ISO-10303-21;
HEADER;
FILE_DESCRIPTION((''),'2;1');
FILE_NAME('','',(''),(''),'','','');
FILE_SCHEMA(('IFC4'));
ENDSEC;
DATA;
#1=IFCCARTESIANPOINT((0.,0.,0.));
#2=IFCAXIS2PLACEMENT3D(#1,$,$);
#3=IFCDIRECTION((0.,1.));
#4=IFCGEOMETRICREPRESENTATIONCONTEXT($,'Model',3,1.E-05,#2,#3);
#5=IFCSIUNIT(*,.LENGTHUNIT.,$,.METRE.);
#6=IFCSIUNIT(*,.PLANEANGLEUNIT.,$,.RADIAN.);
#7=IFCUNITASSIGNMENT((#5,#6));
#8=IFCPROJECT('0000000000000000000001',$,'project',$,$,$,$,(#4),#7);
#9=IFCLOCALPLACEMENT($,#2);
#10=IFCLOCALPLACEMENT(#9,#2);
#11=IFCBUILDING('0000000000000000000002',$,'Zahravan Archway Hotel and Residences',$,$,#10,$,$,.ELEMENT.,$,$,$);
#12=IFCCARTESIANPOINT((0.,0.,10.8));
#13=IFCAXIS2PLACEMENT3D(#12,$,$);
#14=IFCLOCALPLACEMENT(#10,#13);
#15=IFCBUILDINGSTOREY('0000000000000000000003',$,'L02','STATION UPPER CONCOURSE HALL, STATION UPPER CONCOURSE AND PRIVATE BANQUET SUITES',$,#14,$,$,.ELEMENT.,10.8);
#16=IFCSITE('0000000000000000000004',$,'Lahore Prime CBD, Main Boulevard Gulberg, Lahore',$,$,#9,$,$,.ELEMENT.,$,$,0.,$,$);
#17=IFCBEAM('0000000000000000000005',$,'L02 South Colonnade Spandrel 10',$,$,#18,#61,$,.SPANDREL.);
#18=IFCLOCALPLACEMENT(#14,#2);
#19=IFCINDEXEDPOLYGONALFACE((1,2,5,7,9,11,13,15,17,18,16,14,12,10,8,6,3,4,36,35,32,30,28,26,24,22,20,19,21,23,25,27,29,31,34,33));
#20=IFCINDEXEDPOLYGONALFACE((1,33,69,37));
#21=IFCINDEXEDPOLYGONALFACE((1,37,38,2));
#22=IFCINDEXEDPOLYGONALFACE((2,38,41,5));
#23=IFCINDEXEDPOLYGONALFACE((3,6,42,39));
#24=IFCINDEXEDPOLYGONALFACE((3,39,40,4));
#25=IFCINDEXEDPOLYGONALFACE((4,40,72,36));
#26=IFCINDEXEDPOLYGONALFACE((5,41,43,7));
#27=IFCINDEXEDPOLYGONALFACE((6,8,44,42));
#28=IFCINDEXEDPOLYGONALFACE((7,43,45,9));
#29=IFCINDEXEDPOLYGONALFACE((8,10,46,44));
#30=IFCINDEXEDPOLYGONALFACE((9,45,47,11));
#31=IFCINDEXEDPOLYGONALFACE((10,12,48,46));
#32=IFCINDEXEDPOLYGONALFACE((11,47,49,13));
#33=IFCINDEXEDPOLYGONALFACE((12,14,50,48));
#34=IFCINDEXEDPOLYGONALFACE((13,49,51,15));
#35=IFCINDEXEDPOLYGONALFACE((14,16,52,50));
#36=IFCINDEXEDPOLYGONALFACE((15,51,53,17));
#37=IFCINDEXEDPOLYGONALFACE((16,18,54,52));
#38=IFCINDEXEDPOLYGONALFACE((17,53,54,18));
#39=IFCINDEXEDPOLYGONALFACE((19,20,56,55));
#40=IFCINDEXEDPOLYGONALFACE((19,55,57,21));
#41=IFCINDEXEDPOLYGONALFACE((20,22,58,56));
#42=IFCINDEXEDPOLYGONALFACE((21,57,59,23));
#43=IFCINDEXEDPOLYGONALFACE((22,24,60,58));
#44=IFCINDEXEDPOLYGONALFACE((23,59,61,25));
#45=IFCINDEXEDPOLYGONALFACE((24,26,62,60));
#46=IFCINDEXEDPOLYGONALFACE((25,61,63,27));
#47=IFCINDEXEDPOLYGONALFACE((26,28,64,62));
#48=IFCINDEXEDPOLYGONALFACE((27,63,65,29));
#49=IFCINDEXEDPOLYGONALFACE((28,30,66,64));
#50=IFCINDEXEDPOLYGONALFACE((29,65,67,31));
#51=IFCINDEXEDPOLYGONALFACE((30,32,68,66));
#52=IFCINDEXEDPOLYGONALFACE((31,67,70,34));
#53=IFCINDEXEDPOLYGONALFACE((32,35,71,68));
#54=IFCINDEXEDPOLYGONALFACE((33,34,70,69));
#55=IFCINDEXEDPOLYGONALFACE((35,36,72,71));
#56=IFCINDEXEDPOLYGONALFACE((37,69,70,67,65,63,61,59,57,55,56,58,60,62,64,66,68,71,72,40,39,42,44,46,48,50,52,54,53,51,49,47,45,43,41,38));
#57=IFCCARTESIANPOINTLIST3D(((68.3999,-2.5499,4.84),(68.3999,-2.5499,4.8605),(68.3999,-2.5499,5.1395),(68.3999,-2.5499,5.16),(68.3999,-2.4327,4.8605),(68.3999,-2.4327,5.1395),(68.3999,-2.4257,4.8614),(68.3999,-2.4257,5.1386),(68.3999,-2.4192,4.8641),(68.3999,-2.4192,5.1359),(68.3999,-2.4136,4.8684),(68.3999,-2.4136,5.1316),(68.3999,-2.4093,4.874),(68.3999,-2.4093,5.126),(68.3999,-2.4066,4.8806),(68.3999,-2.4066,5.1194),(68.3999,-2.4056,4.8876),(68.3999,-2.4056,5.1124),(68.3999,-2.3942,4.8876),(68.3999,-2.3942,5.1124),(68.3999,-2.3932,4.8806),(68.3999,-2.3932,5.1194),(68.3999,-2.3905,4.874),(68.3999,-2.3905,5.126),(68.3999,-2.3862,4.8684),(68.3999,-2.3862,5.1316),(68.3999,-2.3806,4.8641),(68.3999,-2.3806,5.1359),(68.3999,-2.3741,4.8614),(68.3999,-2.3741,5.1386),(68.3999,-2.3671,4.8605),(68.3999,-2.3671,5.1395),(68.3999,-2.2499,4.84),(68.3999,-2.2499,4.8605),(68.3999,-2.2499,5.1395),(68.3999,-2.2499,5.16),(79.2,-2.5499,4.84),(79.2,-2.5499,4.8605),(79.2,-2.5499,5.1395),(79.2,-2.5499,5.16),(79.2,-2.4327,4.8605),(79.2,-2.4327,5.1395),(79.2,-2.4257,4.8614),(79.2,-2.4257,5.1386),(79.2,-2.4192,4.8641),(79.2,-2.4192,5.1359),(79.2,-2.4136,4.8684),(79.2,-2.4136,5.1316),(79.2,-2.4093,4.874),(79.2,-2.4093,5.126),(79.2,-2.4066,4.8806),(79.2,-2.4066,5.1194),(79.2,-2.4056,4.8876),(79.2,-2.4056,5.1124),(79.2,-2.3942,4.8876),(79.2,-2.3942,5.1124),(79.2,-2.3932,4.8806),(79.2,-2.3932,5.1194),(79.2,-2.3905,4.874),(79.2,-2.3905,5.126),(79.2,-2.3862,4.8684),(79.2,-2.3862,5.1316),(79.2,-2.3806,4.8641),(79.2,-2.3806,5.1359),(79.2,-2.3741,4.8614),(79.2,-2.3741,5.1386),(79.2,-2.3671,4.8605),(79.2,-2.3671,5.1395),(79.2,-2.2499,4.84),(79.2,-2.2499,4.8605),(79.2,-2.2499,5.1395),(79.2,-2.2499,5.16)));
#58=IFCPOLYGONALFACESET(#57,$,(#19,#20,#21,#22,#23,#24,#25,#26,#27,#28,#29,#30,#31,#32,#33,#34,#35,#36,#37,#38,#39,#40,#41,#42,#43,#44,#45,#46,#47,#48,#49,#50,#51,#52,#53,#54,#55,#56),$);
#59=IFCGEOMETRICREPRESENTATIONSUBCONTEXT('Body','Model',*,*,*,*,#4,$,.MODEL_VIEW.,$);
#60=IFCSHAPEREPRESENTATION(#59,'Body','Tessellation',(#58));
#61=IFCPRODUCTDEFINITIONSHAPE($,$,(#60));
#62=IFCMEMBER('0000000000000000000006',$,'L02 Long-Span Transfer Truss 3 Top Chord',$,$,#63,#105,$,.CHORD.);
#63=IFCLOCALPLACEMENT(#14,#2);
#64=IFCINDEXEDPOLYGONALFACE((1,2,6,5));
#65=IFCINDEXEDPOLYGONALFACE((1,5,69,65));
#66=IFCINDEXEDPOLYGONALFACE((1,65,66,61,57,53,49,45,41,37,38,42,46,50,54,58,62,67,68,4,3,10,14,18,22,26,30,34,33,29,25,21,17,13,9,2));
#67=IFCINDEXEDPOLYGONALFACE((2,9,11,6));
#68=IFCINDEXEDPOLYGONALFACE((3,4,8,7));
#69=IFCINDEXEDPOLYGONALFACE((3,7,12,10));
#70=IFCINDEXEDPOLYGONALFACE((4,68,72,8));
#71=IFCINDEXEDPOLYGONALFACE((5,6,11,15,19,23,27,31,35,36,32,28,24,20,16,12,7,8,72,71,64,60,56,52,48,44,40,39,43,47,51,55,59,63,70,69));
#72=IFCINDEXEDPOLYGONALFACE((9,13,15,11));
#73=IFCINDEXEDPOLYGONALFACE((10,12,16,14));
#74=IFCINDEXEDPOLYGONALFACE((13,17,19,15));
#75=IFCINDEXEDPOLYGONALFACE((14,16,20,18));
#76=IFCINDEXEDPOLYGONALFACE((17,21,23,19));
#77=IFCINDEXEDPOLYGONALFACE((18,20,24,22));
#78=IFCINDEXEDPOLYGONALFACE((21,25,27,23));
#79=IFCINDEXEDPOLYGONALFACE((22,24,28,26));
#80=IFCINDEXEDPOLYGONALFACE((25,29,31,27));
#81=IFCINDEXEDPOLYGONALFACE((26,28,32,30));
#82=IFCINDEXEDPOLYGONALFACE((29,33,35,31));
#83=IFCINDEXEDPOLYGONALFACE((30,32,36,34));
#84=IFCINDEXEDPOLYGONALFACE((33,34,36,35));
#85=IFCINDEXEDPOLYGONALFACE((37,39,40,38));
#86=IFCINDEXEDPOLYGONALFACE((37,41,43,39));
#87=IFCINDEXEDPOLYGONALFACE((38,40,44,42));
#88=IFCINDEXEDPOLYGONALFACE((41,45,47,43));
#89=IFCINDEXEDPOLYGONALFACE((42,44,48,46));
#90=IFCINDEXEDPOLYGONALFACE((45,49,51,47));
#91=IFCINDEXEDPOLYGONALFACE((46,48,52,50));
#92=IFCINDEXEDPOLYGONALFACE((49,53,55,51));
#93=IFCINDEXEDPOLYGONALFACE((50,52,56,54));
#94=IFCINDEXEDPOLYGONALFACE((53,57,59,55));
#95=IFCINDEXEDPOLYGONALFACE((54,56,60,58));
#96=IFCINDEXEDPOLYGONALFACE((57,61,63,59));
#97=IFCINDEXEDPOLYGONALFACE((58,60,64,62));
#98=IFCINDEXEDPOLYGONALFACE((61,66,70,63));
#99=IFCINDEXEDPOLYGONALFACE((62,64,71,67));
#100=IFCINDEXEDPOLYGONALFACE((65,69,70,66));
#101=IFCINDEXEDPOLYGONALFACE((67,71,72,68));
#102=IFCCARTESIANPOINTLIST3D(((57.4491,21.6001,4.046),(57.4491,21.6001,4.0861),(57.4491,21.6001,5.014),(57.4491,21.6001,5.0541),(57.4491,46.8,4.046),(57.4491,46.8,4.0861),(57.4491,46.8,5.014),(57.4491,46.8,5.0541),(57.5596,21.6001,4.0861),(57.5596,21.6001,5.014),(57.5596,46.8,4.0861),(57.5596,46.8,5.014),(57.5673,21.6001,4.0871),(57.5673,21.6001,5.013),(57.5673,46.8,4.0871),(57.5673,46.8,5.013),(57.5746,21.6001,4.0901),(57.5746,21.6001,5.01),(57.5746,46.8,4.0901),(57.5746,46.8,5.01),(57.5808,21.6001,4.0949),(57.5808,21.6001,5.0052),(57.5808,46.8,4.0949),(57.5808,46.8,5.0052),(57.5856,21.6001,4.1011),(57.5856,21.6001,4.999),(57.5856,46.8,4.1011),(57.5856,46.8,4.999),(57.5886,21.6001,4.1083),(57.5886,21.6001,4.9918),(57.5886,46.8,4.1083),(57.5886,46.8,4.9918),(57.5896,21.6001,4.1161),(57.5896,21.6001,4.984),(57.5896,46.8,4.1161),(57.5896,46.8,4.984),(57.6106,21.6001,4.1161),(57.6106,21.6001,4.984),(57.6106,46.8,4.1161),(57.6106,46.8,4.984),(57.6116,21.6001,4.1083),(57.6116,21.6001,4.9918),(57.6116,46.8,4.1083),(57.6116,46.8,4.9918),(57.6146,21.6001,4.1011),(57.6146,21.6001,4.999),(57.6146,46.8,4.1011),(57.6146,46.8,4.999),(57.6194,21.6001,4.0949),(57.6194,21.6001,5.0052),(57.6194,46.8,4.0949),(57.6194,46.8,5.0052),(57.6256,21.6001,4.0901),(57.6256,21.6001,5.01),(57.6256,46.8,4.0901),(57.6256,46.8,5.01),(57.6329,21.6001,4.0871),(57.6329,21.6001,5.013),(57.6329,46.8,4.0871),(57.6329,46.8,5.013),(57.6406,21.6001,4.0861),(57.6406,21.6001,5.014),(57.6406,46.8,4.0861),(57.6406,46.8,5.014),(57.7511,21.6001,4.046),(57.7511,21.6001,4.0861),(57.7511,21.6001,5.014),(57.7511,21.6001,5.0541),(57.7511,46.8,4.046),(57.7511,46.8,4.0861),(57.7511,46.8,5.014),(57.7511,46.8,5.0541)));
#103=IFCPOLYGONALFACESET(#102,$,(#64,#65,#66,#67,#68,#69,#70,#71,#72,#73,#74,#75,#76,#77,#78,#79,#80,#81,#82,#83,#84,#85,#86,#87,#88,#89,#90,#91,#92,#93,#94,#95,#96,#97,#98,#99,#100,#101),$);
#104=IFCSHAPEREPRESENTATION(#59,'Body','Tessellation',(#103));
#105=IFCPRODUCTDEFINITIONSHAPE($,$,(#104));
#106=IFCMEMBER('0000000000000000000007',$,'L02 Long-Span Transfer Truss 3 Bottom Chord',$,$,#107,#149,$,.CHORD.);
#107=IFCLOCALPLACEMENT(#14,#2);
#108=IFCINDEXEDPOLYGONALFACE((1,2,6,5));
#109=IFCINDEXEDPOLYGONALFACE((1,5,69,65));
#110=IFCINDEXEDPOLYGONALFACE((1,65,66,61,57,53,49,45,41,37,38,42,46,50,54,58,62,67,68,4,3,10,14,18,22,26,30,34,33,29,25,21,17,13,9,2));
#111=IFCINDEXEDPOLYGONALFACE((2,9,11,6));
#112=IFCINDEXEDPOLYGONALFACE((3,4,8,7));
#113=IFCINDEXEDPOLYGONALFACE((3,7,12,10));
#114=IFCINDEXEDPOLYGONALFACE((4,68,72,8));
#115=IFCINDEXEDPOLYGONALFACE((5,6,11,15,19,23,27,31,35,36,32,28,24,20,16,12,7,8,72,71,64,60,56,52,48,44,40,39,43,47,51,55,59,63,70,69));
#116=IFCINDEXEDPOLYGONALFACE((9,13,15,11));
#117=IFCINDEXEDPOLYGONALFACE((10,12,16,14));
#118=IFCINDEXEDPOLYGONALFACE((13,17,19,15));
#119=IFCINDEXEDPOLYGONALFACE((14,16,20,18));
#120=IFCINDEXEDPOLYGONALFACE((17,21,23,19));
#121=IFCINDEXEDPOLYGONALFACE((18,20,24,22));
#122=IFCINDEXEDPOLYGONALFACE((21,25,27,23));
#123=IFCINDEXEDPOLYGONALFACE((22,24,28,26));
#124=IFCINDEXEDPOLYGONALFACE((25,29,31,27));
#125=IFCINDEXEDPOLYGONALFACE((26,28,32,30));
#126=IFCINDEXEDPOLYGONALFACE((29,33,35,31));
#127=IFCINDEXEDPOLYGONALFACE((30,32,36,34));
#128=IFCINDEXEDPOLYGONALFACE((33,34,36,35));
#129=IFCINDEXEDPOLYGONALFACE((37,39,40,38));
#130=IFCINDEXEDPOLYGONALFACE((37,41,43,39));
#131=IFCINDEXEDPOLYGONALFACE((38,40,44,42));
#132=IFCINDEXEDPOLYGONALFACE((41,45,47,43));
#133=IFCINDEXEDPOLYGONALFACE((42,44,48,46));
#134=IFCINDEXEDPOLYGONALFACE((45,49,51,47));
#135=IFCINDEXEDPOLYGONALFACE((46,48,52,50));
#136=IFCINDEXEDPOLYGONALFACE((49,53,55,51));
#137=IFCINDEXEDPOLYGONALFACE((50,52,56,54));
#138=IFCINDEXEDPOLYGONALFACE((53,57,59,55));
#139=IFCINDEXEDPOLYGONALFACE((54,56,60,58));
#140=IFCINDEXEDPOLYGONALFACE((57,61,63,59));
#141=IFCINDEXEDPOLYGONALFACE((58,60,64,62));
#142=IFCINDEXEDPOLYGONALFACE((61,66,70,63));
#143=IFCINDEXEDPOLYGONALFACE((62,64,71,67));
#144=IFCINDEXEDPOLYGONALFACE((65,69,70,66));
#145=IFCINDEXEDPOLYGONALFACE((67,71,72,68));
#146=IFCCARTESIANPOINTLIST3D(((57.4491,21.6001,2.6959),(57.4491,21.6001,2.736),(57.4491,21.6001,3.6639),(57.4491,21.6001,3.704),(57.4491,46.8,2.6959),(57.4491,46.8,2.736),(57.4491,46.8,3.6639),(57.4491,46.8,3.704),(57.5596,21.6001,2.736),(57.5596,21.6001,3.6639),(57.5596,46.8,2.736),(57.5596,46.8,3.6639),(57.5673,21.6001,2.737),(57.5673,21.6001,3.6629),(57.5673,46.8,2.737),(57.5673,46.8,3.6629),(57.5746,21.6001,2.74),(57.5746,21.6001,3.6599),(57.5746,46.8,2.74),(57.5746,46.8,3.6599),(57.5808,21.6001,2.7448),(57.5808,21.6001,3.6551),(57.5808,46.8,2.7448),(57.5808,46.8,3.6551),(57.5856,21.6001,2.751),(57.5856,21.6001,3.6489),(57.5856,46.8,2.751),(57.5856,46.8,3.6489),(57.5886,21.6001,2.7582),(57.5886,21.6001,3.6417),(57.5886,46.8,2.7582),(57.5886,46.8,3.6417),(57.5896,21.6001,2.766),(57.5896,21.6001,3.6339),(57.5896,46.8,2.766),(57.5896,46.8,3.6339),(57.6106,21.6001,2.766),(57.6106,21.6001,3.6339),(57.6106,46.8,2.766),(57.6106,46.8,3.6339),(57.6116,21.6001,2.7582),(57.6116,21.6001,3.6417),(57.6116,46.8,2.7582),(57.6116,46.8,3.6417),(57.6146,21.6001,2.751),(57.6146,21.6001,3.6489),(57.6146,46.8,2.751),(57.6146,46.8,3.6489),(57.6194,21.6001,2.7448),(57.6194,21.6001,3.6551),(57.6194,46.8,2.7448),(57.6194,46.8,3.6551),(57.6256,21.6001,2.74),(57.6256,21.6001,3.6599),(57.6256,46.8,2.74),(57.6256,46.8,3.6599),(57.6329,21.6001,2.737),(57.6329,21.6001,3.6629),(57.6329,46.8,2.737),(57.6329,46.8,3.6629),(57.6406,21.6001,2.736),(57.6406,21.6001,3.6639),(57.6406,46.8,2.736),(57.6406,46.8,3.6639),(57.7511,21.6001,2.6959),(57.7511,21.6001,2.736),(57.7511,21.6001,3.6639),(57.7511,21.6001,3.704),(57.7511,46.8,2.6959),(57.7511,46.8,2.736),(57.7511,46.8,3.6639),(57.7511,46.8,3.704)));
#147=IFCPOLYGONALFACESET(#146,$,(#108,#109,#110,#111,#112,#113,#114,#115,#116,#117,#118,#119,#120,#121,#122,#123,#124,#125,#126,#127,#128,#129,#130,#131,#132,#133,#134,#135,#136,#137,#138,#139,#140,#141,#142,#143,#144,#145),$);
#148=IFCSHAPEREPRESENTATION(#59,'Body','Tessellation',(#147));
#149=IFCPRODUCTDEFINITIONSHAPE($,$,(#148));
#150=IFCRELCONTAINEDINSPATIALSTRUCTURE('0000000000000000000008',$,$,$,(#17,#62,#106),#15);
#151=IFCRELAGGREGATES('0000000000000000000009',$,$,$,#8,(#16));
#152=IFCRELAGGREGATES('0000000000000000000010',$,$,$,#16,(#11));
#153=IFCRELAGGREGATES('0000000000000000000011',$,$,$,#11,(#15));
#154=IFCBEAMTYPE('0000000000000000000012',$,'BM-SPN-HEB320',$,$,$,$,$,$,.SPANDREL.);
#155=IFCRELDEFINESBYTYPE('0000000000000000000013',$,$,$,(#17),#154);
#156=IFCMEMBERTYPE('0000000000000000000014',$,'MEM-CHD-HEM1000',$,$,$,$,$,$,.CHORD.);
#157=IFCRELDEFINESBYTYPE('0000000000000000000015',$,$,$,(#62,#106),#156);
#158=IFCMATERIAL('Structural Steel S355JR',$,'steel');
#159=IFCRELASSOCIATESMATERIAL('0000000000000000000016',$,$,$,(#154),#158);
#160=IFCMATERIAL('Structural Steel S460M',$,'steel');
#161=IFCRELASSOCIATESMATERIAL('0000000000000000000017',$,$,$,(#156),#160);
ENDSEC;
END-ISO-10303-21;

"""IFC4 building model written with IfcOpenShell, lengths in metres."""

from ifc_helpers import new_model, si_unit, direction, frame, origin, origin_2d, place, context, subcontext, project, spatial, i_section, extrude, source, transform, mapped, material, material_profile, profile_set, type_object, type_shapes, element, save


model = new_model("IFC4")

# Units and contexts
model_context = context("Model", 3, precision=1e-05, world=origin(), true_north=direction((0.0, 1.0)))
body_context = subcontext(model_context, "Body", "Model", "MODEL_VIEW")
ifc_project = project(units=[si_unit("LENGTHUNIT", "METRE"), si_unit("PLANEANGLEUNIT", "RADIAN")], contexts=[model_context])

# Site, building, storey
site_placement = place(None, origin())
site = spatial("IfcSite", under=ifc_project, at=site_placement, Name="Lahore Prime CBD, Main Boulevard Gulberg, Lahore", CompositionType="ELEMENT", RefElevation=0.0)
building_placement = place(site_placement, origin())
building = spatial("IfcBuilding", under=site, at=building_placement, Name="Zahravan Archway Hotel and Residences", CompositionType="ELEMENT")
storey_placement = place(building_placement, frame((0.0, 0.0, 10.8)))
storey = spatial("IfcBuildingStorey", under=building, at=storey_placement, Name="L02", Description="STATION UPPER CONCOURSE HALL, STATION UPPER CONCOURSE AND PRIVATE BANQUET SUITES", CompositionType="ELEMENT", Elevation=10.8)

# Beam
ifc_material_1 = material(Name="Structural Steel S355JR", Category="steel")
ifc_material_profile_1 = material_profile(ifc_material_1, i_section(OverallWidth=0.3, OverallDepth=0.3201, WebThickness=0.0115, FlangeThickness=0.0205, FilletRadius=0.0271, at=origin_2d()), Name="HEB 320", Category="steel")
ifc_profile_set_1 = profile_set([ifc_material_profile_1], Name="Structural Steel S355JR")
beam_type_1 = type_object("IfcBeamType", Name="BM-SPN-HEB320", PredefinedType="SPANDREL", material=ifc_profile_set_1)
shared_shape_1 = source(origin(), body_context, "Body", "SweptSolid", [
    extrude(i_section(OverallWidth=0.3, OverallDepth=0.3201, WebThickness=0.0115, FlangeThickness=0.0205, FilletRadius=0.0271, at=origin_2d()), origin(), (0.0, 0.0, 1.0), 10.8),
])
beam_1_placement = place(storey_placement, frame((68.3999, -2.3999, 5.0), z_axis=(1.0, 0.0, 0.0), x_axis=(0.0, 1.0, 0.0)))
element("IfcBeam", 1, at=beam_1_placement, inside=storey, type_object=beam_type_1, Name="L02 South Colonnade Spandrel 10", PredefinedType="SPANDREL", context=body_context, shape_type="MappedRepresentation", body=[
    mapped(shared_shape_1, transform((0.0, 0.0, 0.0), scale=1.0)),
])

# Members
ifc_material_2 = material(Name="Structural Steel S460M", Category="steel")
ifc_material_profile_2 = material_profile(ifc_material_2, i_section(OverallWidth=0.302, OverallDepth=1.0081, WebThickness=0.021, FlangeThickness=0.04, FilletRadius=0.03, at=origin_2d()), Name="HEM 1000", Category="steel")
ifc_profile_set_2 = profile_set([ifc_material_profile_2], Name="Structural Steel S460M")
member_type_1 = type_object("IfcMemberType", Name="MEM-CHD-HEM1000", PredefinedType="CHORD", material=ifc_profile_set_2)
shared_shape_2 = source(origin(), body_context, "Body", "SweptSolid", [
    extrude(i_section(OverallWidth=0.302, OverallDepth=1.0081, WebThickness=0.021, FlangeThickness=0.04, FilletRadius=0.03, at=origin_2d()), origin(), (0.0, 0.0, 1.0), 25.2),
])
type_shapes(member_type_1, [shared_shape_2])
for number, where, z_axis, x_axis, name in (
    (2, (57.6001, 21.6001, 4.55), (0.0, 1.0, 0.0), (-1.0, 0.0, 0.0), "L02 Long-Span Transfer Truss 3 Top Chord"),
    (3, (57.6001, 21.6001, 3.2), (0.0, 1.0, 0.0), (-1.0, 0.0, 0.0), "L02 Long-Span Transfer Truss 3 Bottom Chord"),
):
    element("IfcMember", number, at=place(storey_placement, frame(where, z_axis=z_axis, x_axis=x_axis)), inside=storey, type_object=member_type_1, Name=name, PredefinedType="CHORD", context=body_context, shape_type="MappedRepresentation", body=[
        mapped(shared_shape_2, transform((0.0, 0.0, 0.0), scale=1.0)),
    ])

save(model, "model.ifc")
